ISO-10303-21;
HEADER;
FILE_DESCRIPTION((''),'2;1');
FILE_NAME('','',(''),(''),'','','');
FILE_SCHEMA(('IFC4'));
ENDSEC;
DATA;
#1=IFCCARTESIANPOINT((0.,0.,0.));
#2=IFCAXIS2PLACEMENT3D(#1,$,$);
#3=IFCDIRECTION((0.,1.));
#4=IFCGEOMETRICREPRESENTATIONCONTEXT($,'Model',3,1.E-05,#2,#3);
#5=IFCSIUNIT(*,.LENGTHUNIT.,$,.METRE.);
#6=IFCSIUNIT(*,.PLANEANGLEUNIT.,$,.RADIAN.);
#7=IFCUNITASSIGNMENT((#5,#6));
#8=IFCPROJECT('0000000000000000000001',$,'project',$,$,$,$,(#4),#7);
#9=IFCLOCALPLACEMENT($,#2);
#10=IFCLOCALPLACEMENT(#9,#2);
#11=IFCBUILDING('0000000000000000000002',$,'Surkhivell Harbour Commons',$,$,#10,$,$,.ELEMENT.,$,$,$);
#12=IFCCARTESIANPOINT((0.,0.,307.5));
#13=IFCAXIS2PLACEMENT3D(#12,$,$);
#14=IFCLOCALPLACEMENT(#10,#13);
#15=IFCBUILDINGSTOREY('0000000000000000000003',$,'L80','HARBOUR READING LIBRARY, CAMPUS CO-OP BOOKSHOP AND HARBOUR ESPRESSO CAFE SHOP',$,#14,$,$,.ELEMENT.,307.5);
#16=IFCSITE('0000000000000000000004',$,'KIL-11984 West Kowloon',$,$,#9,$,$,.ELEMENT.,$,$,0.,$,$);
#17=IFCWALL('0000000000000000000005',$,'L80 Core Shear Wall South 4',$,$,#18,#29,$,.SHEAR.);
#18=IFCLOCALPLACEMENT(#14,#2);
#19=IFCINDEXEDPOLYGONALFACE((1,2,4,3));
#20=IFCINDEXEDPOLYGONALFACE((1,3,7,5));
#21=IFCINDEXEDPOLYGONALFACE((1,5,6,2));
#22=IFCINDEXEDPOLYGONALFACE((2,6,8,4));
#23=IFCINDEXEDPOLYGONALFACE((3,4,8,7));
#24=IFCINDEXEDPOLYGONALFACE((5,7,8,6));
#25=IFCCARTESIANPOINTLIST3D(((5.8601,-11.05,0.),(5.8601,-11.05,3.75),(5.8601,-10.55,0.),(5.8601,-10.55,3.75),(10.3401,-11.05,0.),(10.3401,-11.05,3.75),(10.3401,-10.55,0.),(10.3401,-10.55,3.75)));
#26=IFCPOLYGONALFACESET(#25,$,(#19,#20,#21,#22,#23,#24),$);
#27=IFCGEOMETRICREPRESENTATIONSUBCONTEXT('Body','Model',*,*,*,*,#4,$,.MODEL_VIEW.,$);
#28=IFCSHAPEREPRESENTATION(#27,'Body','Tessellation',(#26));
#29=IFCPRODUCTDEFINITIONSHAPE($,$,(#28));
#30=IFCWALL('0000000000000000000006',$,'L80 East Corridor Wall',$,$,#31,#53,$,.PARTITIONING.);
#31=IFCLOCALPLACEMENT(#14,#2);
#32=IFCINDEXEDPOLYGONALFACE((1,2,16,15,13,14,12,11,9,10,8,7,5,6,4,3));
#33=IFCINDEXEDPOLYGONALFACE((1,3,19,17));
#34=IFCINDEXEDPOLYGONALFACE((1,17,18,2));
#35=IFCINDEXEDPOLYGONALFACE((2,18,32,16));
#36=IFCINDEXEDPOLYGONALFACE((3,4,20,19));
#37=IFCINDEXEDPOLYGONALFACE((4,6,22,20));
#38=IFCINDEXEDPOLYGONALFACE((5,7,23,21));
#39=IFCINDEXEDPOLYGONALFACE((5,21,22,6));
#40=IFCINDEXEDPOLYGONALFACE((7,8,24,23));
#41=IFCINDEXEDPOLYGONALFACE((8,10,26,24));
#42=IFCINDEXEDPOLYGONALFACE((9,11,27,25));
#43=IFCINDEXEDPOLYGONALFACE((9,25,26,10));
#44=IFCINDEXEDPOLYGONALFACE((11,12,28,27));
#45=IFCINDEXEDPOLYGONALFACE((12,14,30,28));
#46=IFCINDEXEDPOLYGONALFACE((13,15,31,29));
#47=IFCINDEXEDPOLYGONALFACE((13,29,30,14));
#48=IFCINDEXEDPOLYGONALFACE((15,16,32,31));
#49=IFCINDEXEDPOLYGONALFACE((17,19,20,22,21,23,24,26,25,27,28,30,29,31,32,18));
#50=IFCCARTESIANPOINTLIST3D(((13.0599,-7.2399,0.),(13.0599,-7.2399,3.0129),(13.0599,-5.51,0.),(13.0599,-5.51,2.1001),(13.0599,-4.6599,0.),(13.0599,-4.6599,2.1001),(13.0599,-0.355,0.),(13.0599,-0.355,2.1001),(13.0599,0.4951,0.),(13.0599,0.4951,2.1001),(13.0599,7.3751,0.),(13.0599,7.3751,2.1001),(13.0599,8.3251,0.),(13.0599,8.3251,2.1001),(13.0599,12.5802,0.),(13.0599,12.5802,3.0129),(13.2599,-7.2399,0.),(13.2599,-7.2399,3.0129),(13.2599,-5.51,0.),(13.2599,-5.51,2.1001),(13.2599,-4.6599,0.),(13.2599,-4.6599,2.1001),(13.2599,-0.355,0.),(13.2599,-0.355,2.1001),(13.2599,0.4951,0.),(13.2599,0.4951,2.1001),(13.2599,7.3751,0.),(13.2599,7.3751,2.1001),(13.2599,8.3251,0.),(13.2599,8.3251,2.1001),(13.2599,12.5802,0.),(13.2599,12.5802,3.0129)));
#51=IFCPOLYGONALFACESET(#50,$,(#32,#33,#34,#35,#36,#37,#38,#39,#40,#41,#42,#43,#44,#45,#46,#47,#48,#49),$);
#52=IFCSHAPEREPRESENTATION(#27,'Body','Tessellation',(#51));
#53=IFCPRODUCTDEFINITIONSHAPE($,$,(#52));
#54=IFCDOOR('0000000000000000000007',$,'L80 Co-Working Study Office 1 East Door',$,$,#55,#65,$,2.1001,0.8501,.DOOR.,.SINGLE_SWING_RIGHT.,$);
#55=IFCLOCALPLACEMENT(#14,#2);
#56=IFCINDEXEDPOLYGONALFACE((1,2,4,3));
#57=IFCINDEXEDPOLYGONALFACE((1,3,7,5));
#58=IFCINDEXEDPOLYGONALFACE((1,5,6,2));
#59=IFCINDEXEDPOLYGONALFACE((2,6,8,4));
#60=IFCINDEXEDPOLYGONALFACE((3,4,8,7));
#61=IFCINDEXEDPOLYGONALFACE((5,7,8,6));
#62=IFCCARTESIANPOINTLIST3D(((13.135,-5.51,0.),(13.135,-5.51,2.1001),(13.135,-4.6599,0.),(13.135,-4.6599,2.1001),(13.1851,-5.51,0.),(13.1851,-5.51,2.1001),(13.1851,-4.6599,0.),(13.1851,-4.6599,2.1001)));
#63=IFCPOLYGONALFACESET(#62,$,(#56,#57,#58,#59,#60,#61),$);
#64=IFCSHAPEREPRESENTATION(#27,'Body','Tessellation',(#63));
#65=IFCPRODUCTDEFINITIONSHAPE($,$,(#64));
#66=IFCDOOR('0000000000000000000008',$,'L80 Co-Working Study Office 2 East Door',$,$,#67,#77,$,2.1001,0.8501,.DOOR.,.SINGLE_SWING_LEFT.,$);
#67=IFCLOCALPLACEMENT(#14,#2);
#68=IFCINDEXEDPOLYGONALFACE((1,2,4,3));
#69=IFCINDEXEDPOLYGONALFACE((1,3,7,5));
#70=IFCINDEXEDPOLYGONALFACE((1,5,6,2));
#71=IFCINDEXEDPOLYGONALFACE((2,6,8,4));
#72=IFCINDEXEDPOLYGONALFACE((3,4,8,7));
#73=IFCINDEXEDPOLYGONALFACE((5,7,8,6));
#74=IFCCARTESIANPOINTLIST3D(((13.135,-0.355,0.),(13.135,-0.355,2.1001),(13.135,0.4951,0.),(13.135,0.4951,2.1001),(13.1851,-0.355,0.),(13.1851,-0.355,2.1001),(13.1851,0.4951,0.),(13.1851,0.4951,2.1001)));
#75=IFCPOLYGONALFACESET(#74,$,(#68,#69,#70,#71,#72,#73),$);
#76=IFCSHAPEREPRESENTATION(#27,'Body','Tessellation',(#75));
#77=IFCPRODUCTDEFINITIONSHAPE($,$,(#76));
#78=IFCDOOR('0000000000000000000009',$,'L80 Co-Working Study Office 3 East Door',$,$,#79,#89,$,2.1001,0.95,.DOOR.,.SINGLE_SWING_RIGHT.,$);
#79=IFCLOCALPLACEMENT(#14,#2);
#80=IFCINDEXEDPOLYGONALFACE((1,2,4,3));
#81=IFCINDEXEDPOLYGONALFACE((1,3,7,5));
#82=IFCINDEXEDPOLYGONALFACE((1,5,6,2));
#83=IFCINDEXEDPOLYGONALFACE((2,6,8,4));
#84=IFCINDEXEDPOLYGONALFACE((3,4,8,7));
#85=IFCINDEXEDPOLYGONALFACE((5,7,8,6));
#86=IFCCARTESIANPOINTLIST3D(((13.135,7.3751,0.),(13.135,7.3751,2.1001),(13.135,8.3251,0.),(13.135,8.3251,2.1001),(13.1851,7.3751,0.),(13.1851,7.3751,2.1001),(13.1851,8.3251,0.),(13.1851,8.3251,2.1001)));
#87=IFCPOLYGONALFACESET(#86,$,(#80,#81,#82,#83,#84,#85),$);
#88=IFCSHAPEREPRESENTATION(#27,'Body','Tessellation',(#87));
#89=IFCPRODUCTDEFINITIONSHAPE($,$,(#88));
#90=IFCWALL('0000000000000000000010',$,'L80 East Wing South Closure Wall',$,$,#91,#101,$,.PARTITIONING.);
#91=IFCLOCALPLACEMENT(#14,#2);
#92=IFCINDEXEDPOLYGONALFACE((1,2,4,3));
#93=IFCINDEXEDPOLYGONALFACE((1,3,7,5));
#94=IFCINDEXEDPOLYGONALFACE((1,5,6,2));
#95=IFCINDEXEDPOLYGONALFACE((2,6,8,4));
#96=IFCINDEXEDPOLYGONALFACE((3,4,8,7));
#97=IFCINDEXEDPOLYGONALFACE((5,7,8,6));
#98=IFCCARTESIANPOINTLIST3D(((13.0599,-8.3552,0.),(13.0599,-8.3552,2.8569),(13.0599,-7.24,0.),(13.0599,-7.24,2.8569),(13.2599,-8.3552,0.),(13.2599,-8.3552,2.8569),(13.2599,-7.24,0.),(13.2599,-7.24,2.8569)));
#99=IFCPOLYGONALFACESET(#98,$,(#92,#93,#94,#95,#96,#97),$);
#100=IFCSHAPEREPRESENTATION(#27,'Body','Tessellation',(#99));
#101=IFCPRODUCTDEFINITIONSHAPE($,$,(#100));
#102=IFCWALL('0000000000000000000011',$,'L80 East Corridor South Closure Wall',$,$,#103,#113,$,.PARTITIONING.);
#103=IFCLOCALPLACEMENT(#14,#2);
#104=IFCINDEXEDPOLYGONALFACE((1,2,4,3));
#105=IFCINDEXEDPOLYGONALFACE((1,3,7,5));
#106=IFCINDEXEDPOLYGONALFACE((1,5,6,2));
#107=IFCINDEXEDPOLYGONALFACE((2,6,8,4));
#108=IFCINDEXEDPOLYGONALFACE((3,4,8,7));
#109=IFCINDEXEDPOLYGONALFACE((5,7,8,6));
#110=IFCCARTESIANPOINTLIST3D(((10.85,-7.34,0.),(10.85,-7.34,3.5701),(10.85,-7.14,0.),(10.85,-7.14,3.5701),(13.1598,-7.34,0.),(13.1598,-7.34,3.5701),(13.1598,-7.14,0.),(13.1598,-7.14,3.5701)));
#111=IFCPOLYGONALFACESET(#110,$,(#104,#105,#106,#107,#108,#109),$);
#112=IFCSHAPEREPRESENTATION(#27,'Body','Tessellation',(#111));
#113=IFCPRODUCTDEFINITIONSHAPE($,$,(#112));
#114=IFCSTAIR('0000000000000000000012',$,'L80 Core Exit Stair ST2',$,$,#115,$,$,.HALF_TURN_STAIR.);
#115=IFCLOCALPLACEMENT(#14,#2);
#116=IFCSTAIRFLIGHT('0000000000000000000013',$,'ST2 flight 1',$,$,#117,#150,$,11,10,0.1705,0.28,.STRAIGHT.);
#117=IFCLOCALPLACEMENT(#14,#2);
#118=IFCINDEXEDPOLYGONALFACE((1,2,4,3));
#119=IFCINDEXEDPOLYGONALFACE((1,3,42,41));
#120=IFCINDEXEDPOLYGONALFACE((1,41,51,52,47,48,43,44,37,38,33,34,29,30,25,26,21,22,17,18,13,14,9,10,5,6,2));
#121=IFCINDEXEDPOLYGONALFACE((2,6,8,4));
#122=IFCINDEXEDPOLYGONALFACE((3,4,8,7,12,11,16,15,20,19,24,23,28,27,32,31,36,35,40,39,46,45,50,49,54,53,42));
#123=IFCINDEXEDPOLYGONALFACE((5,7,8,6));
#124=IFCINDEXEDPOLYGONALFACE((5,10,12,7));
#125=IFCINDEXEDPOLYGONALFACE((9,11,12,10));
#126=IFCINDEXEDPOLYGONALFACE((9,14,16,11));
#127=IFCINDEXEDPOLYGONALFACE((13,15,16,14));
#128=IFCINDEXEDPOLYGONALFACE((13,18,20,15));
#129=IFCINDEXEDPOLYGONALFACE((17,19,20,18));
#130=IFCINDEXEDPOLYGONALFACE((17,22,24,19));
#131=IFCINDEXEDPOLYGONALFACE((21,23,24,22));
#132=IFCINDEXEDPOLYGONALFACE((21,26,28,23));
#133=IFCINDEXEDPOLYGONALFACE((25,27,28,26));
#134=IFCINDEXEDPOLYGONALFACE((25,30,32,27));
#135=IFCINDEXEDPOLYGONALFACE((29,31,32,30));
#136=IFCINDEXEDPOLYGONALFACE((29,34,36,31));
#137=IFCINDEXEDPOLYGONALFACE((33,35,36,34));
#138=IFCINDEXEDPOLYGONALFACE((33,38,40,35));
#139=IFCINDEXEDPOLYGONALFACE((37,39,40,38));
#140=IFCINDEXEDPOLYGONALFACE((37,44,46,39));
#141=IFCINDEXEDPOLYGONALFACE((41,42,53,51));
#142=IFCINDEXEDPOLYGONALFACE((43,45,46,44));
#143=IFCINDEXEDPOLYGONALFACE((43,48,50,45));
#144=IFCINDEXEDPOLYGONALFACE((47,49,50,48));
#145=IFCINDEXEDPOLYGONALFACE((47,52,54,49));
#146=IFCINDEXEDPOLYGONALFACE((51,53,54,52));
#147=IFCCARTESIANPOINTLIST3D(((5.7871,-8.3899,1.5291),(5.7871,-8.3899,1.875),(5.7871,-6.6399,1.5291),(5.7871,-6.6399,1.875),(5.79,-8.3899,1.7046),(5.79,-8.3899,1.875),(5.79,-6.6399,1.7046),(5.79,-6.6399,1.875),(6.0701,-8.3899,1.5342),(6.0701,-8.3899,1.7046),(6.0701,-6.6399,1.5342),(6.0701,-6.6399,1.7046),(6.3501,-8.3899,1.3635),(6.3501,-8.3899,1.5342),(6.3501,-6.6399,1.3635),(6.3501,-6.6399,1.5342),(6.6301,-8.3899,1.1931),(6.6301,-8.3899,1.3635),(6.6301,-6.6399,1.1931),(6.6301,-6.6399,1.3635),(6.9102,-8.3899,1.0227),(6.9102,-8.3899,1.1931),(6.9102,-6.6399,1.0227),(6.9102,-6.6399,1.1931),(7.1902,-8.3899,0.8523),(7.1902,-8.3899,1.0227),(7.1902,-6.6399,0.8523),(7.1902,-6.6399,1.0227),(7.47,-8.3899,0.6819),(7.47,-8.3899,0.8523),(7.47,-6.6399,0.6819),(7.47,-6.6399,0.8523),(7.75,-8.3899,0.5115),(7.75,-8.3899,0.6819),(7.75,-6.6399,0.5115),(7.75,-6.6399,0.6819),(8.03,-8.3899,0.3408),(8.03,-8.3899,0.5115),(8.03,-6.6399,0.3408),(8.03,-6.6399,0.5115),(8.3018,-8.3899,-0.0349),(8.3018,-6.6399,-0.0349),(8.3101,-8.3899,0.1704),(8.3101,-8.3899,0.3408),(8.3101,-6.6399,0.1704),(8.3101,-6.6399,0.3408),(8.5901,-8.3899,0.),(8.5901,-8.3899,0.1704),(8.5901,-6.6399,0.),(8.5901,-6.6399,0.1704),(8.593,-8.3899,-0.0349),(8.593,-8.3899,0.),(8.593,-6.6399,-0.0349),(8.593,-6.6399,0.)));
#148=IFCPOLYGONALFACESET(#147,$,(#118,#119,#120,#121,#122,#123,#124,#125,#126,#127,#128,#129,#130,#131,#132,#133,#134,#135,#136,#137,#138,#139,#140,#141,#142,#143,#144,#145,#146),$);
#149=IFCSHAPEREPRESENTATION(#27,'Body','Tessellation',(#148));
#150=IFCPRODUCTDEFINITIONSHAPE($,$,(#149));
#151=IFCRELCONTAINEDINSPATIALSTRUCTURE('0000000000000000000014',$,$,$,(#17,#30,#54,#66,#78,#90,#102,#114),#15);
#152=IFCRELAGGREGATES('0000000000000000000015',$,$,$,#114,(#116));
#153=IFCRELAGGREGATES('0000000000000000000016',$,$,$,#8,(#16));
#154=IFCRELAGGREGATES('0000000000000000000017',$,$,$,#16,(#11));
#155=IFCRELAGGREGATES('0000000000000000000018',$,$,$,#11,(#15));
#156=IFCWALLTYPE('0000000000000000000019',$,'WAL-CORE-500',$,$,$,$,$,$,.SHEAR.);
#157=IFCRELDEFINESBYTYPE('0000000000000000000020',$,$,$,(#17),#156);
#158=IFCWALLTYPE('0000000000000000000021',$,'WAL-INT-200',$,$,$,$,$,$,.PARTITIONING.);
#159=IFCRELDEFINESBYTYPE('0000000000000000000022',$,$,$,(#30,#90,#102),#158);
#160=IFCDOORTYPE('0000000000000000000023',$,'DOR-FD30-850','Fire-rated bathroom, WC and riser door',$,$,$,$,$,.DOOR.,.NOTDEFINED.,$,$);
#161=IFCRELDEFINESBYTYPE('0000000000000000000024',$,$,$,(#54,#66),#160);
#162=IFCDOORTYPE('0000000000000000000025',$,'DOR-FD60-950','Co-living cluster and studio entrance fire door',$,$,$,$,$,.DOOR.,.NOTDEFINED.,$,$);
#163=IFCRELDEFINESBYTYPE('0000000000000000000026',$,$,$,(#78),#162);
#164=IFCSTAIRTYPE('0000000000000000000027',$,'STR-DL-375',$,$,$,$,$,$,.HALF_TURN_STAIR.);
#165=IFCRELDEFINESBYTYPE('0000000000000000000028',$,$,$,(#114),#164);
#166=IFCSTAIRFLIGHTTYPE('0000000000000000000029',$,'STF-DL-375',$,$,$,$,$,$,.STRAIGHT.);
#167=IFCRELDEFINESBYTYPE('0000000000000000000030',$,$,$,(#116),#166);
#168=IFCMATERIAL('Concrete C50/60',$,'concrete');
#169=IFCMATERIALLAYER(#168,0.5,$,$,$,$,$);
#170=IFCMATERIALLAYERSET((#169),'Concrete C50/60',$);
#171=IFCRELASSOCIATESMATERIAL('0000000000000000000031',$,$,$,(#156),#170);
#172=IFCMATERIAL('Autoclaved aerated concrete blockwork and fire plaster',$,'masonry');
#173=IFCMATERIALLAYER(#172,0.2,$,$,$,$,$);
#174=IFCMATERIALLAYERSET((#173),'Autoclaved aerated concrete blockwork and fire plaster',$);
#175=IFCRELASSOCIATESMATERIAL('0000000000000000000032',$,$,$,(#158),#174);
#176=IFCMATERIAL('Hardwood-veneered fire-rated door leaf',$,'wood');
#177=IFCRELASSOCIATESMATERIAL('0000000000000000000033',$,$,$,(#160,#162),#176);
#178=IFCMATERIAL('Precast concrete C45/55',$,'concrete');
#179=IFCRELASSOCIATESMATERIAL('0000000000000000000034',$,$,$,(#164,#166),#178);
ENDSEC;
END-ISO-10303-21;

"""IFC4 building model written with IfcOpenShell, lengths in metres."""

from ifc_helpers import new_model, si_unit, direction, frame, frame_2d, origin, place, context, subcontext, project, spatial, polyline, rectangle, outline, extrude, material, layer, layer_set, type_object, element, fill, aggregate, save


model = new_model("IFC4")

# Units and contexts
model_context = context("Model", 3, precision=1e-05, world=origin(), true_north=direction((0.0, 1.0)))
body_context = subcontext(model_context, "Body", "Model", "MODEL_VIEW")
ifc_project = project(units=[si_unit("LENGTHUNIT", "METRE"), si_unit("PLANEANGLEUNIT", "RADIAN")], contexts=[model_context])

# Site, building, storey
site_placement = place(None, origin())
site = spatial("IfcSite", under=ifc_project, at=site_placement, Name="KIL-11984 West Kowloon", CompositionType="ELEMENT", RefElevation=0.0)
building_placement = place(site_placement, origin())
building = spatial("IfcBuilding", under=site, at=building_placement, Name="Surkhivell Harbour Commons", CompositionType="ELEMENT")
storey_placement = place(building_placement, frame((0.0, 0.0, 307.5)))
storey = spatial("IfcBuildingStorey", under=building, at=storey_placement, Name="L80", Description="HARBOUR READING LIBRARY, CAMPUS CO-OP BOOKSHOP AND HARBOUR ESPRESSO CAFE SHOP", CompositionType="ELEMENT", Elevation=307.5)

# Wall
ifc_material_1 = material(Name="Concrete C50/60", Category="concrete")
ifc_layer_1 = layer(ifc_material_1, 0.5)
ifc_layer_set_1 = layer_set([ifc_layer_1], Name="Concrete C50/60")
wall_type_1 = type_object("IfcWallType", Name="WAL-CORE-500", PredefinedType="SHEAR", material=ifc_layer_set_1)
for number, where, z_axis, x_axis, name in (
    (1, (5.8601, -10.8, 0.0), (0.0, 0.0, 1.0), (1.0, 0.0, 0.0), "L80 Core Shear Wall South 4"),
):
    element("IfcWall", number, at=place(storey_placement, frame(where, z_axis=z_axis, x_axis=x_axis)), inside=storey, type_object=wall_type_1, Name=name, PredefinedType="SHEAR", context=body_context, shape_type="SweptSolid", body=[
        extrude(rectangle(XDim=4.48, YDim=0.5, at=frame_2d((2.24, 0.0))), origin(), (0.0, 0.0, 1.0), 3.75),
    ])

# Wall, openings, doors
ifc_material_2 = material(Name="Autoclaved aerated concrete blockwork and fire plaster", Category="masonry")
ifc_layer_2 = layer(ifc_material_2, 0.2)
ifc_layer_set_2 = layer_set([ifc_layer_2], Name="Autoclaved aerated concrete blockwork and fire plaster")
wall_type_2 = type_object("IfcWallType", Name="WAL-INT-200", PredefinedType="PARTITIONING", material=ifc_layer_set_2)
wall_1_placement = place(storey_placement, frame((13.1599, -7.24, 0.0), z_axis=(0.0, 0.0, 1.0), x_axis=(0.0, 1.0, 0.0)))
wall_1 = element("IfcWall", 2, at=wall_1_placement, inside=storey, type_object=wall_type_2, Name="L80 East Corridor Wall", PredefinedType="PARTITIONING", context=body_context, shape_type="SweptSolid", body=[
    extrude(rectangle(XDim=19.8201, YDim=0.2, at=frame_2d((9.9102, 0.0))), origin(), (0.0, 0.0, 1.0), 3.0129),
])
opening_1_placement = place(wall_1_placement, frame((1.73, 0.0, 0.0)))
opening_1 = element("IfcOpeningElement", 3, at=opening_1_placement, cuts=wall_1, PredefinedType="OPENING", context=body_context, shape_type="SweptSolid", body=[
    extrude(rectangle(XDim=0.8501, YDim=2.1001, at=frame_2d((0.425, 1.05))), frame((0.0, 0.1099, 0.0), z_axis=(0.0, -1.0, 0.0), x_axis=(1.0, 0.0, 0.0)), (0.0, 0.0, 1.0), 0.22),
])
opening_2_placement = place(wall_1_placement, frame((6.885, 0.0, 0.0)))
opening_2 = element("IfcOpeningElement", 4, at=opening_2_placement, cuts=wall_1, PredefinedType="OPENING", context=body_context, shape_type="SweptSolid", body=[
    extrude(rectangle(XDim=0.8501, YDim=2.1001, at=frame_2d((0.425, 1.05))), frame((0.0, 0.1099, 0.0), z_axis=(0.0, -1.0, 0.0), x_axis=(1.0, 0.0, 0.0)), (0.0, 0.0, 1.0), 0.22),
])
opening_3_placement = place(wall_1_placement, frame((14.615, 0.0, 0.0)))
opening_3 = element("IfcOpeningElement", 5, at=opening_3_placement, cuts=wall_1, PredefinedType="OPENING", context=body_context, shape_type="SweptSolid", body=[
    extrude(rectangle(XDim=0.95, YDim=2.1001, at=frame_2d((0.4751, 1.05))), frame((0.0, 0.1099, 0.0), z_axis=(0.0, -1.0, 0.0), x_axis=(1.0, 0.0, 0.0)), (0.0, 0.0, 1.0), 0.22),
])
ifc_material_3 = material(Name="Hardwood-veneered fire-rated door leaf", Category="wood")
door_type_1 = type_object("IfcDoorType", Name="DOR-FD30-850", Description="Fire-rated bathroom, WC and riser door", OperationType="NOTDEFINED", PredefinedType="DOOR", material=ifc_material_3)
door_1_placement = place(opening_1_placement, origin())
door_1 = element("IfcDoor", 6, at=door_1_placement, inside=storey, type_object=door_type_1, Name="L80 Co-Working Study Office 1 East Door", OperationType="SINGLE_SWING_RIGHT", OverallHeight=2.1001, OverallWidth=0.8501, PredefinedType="DOOR", context=body_context, shape_type="SweptSolid", body=[
    extrude(rectangle(XDim=0.8501, YDim=2.1001, at=frame_2d((0.425, 1.05))), frame((0.0, 0.0249, 0.0), z_axis=(0.0, -1.0, 0.0), x_axis=(1.0, 0.0, 0.0)), (0.0, 0.0, 1.0), 0.05),
])
fill(opening_1, door_1)
door_2_placement = place(opening_2_placement, origin())
door_2 = element("IfcDoor", 7, at=door_2_placement, inside=storey, type_object=door_type_1, Name="L80 Co-Working Study Office 2 East Door", OperationType="SINGLE_SWING_LEFT", OverallHeight=2.1001, OverallWidth=0.8501, PredefinedType="DOOR", context=body_context, shape_type="SweptSolid", body=[
    extrude(rectangle(XDim=0.8501, YDim=2.1001, at=frame_2d((0.425, 1.05))), frame((0.0, 0.0249, 0.0), z_axis=(0.0, -1.0, 0.0), x_axis=(1.0, 0.0, 0.0)), (0.0, 0.0, 1.0), 0.05),
])
fill(opening_2, door_2)
door_type_2 = type_object("IfcDoorType", Name="DOR-FD60-950", Description="Co-living cluster and studio entrance fire door", OperationType="NOTDEFINED", PredefinedType="DOOR", material=ifc_material_3)
door_3_placement = place(opening_3_placement, origin())
door_3 = element("IfcDoor", 8, at=door_3_placement, inside=storey, type_object=door_type_2, Name="L80 Co-Working Study Office 3 East Door", OperationType="SINGLE_SWING_RIGHT", OverallHeight=2.1001, OverallWidth=0.95, PredefinedType="DOOR", context=body_context, shape_type="SweptSolid", body=[
    extrude(rectangle(XDim=0.95, YDim=2.1001, at=frame_2d((0.4751, 1.05))), frame((0.0, 0.0249, 0.0), z_axis=(0.0, -1.0, 0.0), x_axis=(1.0, 0.0, 0.0)), (0.0, 0.0, 1.0), 0.05),
])
fill(opening_3, door_3)

# Walls
wall_2_placement = place(storey_placement, frame((13.1599, -8.3552, 0.0), z_axis=(0.0, 0.0, 1.0), x_axis=(0.0, 1.0, 0.0)))
element("IfcWall", 9, at=wall_2_placement, inside=storey, type_object=wall_type_2, Name="L80 East Wing South Closure Wall", PredefinedType="PARTITIONING", context=body_context, shape_type="SweptSolid", body=[
    extrude(rectangle(XDim=1.1152, YDim=0.2, at=frame_2d((0.5576, 0.0))), origin(), (0.0, 0.0, 1.0), 2.8569),
])
wall_3_placement = place(storey_placement, frame((10.8501, -7.24, 0.0), z_axis=(0.0, 0.0, 1.0), x_axis=(1.0, 0.0, 0.0)))
element("IfcWall", 10, at=wall_3_placement, inside=storey, type_object=wall_type_2, Name="L80 East Corridor South Closure Wall", PredefinedType="PARTITIONING", context=body_context, shape_type="SweptSolid", body=[
    extrude(rectangle(XDim=2.3098, YDim=0.2, at=frame_2d((1.1548, 0.0))), origin(), (0.0, 0.0, 1.0), 3.5701),
])

# Stair, stair flight
ifc_material_4 = material(Name="Precast concrete C45/55", Category="concrete")
stair_type = type_object("IfcStairType", Name="STR-DL-375", PredefinedType="HALF_TURN_STAIR", material=ifc_material_4)
stair_placement = place(storey_placement, origin())
stair = element("IfcStair", 11, at=stair_placement, inside=storey, type_object=stair_type, Name="L80 Core Exit Stair ST2", PredefinedType="HALF_TURN_STAIR")
stair_flight_type = type_object("IfcStairFlightType", Name="STF-DL-375", PredefinedType="STRAIGHT", material=ifc_material_4)
stair_flight_1_placement = place(storey_placement, frame((8.5901, -7.5149, 0.0), z_axis=(0.0, 0.0, 1.0), x_axis=(-1.0, 0.0, 0.0)))
stair_flight_1 = element("IfcStairFlight", 12, at=stair_flight_1_placement, type_object=stair_flight_type, Name="ST2 flight 1", NumberOfRisers=11, NumberOfTreads=10, PredefinedType="STRAIGHT", RiserHeight=0.1705, TreadLength=0.28, context=body_context, shape_type="SweptSolid", body=[
    extrude(outline(polyline([(-0.0029, -0.0349), (-0.0029, 0.0), (0.0, 0.0), (0.0, 0.1704), (0.28, 0.1704), (0.28, 0.3408), (0.5601, 0.3408), (0.5601, 0.5115), (0.8401, 0.5115), (0.8401, 0.6819), (1.1201, 0.6819), (1.1201, 0.8523), (1.3999, 0.8523), (1.3999, 1.0227), (1.6799, 1.0227), (1.6799, 1.1931), (1.96, 1.1931), (1.96, 1.3635), (2.24, 1.3635), (2.24, 1.5342), (2.52, 1.5342), (2.52, 1.7046), (2.8, 1.7046), (2.8, 1.875), (2.803, 1.875), (2.803, 1.5291), (0.2883, -0.0349), (-0.0029, -0.0349)])), frame((0.0, 0.875, 0.0), z_axis=(0.0, -1.0, 0.0), x_axis=(1.0, 0.0, 0.0)), (0.0, 0.0, 1.0), 1.75),
])
aggregate(stair, [stair_flight_1])

save(model, "model.ifc")
